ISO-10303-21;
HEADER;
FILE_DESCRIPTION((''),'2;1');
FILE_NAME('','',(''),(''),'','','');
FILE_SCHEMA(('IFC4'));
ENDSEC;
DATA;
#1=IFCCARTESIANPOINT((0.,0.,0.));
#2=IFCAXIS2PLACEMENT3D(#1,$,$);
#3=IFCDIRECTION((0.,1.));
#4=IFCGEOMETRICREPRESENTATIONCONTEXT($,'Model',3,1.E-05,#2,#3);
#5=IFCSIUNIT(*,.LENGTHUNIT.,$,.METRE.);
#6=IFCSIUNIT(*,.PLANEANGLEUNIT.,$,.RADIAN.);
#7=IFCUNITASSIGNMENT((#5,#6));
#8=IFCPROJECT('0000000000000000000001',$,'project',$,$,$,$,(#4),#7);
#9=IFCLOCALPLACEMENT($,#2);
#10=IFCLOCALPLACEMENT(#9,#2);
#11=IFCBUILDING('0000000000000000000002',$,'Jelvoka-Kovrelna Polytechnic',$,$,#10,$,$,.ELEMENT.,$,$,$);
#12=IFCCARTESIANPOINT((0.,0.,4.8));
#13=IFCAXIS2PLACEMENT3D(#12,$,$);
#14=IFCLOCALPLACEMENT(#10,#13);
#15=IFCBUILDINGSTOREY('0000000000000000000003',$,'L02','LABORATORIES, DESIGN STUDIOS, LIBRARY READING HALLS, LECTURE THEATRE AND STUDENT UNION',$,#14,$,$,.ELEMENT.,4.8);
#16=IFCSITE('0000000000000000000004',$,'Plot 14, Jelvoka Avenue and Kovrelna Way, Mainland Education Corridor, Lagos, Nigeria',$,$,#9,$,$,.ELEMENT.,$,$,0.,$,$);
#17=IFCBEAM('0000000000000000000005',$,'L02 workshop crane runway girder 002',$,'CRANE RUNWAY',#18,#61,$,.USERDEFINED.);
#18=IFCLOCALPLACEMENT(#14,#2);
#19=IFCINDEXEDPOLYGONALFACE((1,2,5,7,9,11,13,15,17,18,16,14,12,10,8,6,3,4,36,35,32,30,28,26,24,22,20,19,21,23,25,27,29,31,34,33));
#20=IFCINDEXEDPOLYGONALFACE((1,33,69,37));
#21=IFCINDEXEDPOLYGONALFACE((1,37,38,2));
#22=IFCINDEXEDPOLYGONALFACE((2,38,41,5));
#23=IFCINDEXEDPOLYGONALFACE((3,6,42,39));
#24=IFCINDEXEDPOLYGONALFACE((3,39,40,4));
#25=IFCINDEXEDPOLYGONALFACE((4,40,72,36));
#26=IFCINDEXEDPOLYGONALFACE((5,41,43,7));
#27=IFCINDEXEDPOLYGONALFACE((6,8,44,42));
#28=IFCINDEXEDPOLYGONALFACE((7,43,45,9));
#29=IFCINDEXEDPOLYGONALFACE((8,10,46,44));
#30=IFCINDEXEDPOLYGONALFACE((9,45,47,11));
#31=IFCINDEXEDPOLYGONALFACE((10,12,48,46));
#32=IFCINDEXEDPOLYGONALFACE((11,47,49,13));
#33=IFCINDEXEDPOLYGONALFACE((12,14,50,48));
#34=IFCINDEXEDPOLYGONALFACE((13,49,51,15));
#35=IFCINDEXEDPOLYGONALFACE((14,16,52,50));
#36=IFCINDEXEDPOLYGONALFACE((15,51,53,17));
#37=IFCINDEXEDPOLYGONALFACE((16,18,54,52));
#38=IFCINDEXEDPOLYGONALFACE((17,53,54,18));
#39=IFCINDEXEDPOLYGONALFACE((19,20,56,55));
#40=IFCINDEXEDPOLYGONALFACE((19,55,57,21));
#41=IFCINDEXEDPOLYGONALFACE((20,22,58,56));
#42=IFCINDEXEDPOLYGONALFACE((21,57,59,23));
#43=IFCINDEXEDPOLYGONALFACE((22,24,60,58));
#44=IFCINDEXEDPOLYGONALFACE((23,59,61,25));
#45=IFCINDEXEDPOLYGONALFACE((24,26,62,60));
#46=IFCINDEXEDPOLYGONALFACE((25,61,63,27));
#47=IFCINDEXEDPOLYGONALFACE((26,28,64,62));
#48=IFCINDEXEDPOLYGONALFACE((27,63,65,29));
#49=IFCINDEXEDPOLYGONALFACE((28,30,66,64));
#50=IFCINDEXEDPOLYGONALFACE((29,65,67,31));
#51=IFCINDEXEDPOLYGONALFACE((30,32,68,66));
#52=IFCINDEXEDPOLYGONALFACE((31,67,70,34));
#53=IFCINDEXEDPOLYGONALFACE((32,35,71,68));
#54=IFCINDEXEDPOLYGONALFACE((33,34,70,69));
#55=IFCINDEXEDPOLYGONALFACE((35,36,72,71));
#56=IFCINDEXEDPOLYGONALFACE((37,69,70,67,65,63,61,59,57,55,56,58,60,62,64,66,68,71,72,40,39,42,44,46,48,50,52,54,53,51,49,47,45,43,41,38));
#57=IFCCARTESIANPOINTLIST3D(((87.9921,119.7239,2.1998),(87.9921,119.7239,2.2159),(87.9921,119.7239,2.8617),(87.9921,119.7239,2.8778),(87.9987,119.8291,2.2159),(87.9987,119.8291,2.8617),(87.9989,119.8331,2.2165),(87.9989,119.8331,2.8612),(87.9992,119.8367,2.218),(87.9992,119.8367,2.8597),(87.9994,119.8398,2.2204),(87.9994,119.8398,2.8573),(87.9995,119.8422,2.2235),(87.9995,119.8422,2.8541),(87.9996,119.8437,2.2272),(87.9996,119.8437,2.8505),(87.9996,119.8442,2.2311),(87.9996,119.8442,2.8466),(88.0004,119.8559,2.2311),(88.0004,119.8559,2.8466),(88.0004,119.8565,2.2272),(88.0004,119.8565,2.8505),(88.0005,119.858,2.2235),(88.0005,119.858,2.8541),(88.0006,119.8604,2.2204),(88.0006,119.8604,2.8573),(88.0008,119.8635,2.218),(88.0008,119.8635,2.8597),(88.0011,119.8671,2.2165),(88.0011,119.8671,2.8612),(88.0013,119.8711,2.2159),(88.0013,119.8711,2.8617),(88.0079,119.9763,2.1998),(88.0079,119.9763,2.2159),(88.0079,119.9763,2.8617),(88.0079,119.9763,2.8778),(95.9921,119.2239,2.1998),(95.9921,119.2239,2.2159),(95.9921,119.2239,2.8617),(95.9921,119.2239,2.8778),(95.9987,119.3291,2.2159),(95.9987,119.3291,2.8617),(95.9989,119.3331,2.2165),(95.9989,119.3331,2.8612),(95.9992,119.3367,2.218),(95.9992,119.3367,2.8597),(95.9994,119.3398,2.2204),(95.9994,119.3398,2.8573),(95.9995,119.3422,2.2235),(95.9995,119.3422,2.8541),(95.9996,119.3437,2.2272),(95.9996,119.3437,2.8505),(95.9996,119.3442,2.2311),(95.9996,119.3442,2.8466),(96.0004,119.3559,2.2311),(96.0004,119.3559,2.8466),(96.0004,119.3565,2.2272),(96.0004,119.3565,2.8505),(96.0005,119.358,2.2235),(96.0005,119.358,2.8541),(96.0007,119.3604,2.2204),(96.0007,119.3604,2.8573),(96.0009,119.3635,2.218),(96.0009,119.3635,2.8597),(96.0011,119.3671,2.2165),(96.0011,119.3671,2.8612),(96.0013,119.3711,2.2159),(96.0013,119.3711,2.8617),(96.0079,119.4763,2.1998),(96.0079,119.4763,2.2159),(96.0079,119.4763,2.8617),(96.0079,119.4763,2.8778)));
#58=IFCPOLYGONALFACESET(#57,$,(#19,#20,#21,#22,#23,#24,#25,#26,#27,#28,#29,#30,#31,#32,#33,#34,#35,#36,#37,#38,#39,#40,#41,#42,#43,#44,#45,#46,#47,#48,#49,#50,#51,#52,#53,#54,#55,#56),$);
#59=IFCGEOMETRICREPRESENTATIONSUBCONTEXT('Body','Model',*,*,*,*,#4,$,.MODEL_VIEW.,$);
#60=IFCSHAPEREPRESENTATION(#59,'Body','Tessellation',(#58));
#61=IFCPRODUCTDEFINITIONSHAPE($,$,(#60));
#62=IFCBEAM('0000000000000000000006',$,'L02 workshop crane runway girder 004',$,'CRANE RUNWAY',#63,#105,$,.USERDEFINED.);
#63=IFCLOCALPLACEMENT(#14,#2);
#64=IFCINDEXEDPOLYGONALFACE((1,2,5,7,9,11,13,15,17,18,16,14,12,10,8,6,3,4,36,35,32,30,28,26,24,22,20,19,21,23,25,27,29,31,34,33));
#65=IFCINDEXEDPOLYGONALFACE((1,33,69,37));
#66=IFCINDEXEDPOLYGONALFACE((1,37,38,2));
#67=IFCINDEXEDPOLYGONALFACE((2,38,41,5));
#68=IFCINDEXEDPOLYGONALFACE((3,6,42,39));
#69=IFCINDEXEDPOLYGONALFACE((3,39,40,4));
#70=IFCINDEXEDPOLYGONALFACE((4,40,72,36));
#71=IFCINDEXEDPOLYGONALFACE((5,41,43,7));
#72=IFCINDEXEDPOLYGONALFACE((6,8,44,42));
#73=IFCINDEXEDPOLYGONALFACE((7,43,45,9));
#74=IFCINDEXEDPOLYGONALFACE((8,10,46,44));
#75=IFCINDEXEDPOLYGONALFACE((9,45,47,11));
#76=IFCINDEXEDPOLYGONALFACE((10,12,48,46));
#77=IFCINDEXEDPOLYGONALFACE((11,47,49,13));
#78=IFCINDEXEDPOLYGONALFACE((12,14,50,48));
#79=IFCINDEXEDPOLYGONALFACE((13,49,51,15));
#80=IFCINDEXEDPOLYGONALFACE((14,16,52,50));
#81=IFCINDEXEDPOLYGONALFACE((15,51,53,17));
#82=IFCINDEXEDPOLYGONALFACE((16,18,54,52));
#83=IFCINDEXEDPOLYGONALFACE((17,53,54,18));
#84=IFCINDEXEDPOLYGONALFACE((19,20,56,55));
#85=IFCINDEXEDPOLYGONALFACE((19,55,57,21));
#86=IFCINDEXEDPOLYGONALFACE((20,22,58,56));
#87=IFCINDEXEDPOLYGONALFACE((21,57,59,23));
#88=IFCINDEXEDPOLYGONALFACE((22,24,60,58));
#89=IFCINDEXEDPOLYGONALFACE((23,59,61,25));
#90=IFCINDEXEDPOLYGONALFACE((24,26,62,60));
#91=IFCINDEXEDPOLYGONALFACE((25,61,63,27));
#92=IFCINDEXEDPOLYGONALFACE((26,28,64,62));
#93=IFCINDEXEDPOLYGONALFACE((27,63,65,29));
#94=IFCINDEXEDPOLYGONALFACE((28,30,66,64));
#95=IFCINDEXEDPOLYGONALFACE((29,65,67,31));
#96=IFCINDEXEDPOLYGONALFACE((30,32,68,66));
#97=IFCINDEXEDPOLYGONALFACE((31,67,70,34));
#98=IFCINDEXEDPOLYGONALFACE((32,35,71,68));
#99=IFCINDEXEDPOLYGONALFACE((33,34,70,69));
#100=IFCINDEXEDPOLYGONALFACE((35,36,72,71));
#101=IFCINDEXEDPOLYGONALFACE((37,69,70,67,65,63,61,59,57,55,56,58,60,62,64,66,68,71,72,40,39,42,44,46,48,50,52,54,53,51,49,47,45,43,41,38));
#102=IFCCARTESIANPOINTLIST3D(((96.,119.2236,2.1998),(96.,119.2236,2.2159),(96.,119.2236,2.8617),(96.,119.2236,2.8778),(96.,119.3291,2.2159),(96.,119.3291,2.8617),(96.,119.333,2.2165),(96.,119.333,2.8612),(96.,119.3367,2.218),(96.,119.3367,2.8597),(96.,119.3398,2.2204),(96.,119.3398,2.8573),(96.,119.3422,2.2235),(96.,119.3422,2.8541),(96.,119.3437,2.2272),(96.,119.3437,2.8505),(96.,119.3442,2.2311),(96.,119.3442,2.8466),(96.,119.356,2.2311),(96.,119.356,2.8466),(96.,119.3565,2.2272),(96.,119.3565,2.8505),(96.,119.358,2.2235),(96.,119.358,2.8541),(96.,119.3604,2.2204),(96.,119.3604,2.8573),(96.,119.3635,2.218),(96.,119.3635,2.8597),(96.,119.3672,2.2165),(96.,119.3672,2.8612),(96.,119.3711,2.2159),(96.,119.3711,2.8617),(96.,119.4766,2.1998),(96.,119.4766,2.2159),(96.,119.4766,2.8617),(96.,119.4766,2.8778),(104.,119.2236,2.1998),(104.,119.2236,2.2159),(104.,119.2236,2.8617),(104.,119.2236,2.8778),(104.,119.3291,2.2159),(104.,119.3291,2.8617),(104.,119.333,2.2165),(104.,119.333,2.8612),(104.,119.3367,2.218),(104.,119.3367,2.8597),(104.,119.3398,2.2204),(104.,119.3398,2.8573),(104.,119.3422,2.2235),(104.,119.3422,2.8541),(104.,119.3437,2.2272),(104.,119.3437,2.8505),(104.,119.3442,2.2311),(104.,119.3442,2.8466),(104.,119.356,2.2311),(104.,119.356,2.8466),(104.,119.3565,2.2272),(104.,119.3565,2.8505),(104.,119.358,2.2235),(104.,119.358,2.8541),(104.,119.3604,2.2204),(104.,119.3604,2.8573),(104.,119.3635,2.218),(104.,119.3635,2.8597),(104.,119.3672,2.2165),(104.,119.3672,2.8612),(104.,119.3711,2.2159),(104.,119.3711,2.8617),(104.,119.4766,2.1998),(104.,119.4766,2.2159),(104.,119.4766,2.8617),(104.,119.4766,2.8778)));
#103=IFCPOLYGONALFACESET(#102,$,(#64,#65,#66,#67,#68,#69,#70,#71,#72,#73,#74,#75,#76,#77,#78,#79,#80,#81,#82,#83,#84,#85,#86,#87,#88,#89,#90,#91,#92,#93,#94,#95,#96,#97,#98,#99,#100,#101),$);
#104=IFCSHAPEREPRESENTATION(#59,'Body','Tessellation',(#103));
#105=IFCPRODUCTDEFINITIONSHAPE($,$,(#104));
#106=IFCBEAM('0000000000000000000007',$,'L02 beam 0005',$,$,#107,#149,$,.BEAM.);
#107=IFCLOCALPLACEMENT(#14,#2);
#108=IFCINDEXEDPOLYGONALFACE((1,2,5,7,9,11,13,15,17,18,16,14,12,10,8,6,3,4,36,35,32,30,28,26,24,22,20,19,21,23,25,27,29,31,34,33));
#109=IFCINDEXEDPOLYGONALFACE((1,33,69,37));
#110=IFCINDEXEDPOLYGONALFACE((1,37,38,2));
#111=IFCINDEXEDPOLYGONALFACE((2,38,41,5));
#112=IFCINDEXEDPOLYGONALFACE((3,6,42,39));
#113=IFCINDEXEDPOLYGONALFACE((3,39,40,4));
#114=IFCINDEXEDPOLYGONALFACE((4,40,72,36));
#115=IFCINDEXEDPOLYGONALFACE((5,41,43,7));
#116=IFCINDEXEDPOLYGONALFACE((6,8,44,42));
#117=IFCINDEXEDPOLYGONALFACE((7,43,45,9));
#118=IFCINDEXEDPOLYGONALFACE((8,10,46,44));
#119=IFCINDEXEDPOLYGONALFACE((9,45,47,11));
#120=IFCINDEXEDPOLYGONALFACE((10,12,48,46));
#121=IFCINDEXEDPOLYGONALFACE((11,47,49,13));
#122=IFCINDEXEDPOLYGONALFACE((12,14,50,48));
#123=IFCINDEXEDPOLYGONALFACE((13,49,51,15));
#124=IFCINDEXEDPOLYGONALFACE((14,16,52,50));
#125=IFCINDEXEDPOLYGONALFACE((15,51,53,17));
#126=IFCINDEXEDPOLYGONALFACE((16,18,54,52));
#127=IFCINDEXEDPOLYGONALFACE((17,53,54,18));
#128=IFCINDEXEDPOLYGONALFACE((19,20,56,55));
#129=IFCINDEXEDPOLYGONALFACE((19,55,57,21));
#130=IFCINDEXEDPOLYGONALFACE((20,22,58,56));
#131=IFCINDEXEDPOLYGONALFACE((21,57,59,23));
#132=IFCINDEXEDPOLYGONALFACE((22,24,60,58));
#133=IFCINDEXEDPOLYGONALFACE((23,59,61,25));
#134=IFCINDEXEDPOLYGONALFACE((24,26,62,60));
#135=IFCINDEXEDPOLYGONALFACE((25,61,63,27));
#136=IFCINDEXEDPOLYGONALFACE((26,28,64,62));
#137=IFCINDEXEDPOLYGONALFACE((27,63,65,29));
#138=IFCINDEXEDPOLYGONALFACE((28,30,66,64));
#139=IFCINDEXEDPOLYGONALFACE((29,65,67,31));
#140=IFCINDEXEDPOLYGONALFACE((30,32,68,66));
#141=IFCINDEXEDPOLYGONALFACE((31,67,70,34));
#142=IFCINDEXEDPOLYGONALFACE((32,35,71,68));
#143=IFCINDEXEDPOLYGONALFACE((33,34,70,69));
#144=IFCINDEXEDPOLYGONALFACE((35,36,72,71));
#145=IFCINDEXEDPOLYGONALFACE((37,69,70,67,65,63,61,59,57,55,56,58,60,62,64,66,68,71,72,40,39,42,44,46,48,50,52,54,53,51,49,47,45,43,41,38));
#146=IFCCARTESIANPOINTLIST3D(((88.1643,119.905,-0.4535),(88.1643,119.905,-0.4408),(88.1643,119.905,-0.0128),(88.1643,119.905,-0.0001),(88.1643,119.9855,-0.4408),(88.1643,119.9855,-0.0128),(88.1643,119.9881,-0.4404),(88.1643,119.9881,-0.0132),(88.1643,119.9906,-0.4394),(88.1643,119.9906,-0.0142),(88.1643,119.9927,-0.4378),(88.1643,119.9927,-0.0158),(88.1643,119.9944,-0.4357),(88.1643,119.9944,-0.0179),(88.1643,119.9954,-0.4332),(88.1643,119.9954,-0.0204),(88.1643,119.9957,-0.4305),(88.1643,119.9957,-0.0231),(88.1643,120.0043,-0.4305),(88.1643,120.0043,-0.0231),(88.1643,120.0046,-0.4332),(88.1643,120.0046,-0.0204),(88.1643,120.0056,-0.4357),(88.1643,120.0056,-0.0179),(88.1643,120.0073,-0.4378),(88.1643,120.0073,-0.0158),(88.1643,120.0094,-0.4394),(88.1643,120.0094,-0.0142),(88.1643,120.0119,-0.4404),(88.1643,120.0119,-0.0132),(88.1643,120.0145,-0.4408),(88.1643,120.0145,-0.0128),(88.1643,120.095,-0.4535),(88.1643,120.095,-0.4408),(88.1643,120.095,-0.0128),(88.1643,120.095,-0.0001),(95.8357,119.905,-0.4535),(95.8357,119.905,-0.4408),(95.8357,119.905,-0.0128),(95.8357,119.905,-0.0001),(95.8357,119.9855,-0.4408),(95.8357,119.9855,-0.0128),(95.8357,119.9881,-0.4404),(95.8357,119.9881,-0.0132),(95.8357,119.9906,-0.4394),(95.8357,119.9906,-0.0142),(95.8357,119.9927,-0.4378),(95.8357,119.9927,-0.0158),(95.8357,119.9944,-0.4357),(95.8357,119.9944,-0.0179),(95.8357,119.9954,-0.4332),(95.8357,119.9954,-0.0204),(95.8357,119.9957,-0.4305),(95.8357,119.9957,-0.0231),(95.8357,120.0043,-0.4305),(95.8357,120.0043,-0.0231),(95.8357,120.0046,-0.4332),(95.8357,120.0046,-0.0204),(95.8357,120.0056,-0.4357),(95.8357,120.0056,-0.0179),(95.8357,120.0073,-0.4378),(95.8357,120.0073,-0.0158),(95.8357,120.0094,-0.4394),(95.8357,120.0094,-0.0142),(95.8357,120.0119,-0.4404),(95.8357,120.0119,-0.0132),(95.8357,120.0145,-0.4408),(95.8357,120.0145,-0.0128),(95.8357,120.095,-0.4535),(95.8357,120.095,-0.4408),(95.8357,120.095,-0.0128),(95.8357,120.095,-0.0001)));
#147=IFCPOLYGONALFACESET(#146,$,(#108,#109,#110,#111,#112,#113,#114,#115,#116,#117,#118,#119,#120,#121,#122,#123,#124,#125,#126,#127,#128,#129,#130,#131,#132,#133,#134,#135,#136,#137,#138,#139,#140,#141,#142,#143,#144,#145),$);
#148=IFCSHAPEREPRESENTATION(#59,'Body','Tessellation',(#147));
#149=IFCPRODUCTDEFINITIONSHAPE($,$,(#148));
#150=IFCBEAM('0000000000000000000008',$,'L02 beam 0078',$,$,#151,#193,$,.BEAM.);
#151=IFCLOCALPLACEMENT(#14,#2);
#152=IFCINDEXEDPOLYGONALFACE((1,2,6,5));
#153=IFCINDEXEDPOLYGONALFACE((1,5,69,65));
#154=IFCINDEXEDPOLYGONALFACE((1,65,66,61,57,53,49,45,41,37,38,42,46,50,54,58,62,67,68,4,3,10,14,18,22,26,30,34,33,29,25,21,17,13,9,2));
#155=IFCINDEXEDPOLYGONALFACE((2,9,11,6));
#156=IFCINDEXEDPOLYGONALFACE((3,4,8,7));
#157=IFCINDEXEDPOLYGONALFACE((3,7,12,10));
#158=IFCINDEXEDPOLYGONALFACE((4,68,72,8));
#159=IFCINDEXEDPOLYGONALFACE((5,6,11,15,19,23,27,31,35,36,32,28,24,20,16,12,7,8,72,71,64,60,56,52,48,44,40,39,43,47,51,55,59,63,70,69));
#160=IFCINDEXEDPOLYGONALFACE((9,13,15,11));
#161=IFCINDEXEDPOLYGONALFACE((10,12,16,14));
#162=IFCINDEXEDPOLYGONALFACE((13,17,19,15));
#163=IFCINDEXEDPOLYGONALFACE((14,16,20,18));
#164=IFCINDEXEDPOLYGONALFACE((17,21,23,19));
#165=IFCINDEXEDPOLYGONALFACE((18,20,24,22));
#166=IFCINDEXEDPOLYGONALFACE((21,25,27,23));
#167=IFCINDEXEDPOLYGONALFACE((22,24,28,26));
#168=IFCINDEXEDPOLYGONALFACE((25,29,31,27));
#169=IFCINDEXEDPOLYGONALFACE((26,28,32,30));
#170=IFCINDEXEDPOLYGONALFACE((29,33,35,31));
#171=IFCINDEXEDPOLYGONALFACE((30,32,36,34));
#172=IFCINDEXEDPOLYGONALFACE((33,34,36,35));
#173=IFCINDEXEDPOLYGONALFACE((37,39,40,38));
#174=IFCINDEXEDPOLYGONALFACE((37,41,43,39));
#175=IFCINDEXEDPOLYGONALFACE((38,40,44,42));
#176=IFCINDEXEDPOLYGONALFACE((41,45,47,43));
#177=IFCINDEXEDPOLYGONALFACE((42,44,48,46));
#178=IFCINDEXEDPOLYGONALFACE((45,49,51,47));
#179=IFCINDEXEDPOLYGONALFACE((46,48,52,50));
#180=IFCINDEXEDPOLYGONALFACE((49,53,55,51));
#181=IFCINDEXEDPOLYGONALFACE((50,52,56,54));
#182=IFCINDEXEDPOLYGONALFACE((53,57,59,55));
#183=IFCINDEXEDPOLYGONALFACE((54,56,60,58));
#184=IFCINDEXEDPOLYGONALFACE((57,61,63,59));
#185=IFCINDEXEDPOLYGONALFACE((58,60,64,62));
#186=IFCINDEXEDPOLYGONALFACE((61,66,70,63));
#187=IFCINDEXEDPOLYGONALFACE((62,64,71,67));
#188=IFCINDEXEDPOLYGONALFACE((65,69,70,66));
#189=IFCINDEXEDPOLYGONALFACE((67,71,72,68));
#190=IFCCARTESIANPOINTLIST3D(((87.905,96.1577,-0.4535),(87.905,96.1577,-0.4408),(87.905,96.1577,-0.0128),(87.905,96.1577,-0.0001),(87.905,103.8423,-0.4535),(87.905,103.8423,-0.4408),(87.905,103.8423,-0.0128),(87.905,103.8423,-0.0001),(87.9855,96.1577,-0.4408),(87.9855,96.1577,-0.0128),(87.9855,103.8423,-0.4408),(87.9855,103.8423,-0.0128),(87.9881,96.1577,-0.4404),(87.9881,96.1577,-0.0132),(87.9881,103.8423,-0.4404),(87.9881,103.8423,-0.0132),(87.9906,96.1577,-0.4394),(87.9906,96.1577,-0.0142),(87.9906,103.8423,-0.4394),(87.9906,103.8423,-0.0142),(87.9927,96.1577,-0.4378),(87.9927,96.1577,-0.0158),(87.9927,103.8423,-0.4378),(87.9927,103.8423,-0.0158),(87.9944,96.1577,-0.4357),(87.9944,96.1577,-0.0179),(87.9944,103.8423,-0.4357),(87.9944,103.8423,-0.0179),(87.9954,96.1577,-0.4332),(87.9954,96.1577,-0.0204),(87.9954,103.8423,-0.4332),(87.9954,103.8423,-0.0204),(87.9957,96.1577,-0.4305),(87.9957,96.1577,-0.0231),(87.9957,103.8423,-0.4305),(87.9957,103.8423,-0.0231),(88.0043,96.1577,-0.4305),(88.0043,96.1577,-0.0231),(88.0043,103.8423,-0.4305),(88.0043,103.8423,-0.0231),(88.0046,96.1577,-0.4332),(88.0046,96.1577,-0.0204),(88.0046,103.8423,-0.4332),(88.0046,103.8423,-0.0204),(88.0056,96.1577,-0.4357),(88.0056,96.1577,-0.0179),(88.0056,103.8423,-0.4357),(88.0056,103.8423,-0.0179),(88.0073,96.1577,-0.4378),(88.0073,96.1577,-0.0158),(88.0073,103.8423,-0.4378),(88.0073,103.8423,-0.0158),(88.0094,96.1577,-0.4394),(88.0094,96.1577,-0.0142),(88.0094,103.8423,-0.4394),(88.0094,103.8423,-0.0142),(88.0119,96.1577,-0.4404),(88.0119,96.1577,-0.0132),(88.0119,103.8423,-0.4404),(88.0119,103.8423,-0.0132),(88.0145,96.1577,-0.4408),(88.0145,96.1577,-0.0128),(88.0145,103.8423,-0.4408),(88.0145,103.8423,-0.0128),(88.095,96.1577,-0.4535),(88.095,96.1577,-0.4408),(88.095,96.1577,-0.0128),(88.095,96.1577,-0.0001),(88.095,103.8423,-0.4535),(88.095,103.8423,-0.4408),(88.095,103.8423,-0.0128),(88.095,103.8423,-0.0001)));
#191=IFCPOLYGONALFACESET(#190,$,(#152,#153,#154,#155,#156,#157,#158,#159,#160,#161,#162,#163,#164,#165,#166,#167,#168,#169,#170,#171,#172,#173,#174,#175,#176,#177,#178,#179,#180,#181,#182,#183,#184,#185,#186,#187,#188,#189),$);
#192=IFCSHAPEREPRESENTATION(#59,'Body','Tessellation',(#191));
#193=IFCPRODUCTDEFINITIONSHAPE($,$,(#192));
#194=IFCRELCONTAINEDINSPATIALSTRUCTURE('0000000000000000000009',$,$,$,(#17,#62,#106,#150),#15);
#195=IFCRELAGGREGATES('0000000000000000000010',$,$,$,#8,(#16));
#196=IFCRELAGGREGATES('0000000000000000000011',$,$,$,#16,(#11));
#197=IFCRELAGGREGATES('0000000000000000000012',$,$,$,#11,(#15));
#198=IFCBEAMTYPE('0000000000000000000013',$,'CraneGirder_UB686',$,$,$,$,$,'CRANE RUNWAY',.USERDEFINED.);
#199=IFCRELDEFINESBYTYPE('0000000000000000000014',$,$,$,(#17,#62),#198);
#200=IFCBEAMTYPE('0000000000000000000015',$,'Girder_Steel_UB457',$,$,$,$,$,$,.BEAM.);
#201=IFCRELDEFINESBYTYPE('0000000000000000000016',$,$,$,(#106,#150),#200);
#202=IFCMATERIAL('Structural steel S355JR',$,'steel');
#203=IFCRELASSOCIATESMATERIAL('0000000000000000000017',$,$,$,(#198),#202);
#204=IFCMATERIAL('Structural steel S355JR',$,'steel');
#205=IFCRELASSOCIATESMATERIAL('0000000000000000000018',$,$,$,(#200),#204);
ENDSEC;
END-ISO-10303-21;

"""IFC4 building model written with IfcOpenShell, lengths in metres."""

from ifc_helpers import new_model, si_unit, direction, frame, origin, origin_2d, place, context, subcontext, project, spatial, i_section, extrude, material, material_profile, profile_set, type_object, element, save


model = new_model("IFC4")

# Units and contexts
model_context = context("Model", 3, precision=1e-05, world=origin(), true_north=direction((0.0, 1.0)))
body_context = subcontext(model_context, "Body", "Model", "MODEL_VIEW")
ifc_project = project(units=[si_unit("LENGTHUNIT", "METRE"), si_unit("PLANEANGLEUNIT", "RADIAN")], contexts=[model_context])

# Site, building, storey
site_placement = place(None, origin())
site = spatial("IfcSite", under=ifc_project, at=site_placement, Name="Plot 14, Jelvoka Avenue and Kovrelna Way, Mainland Education Corridor, Lagos, Nigeria", CompositionType="ELEMENT", RefElevation=0.0)
building_placement = place(site_placement, origin())
building = spatial("IfcBuilding", under=site, at=building_placement, Name="Jelvoka-Kovrelna Polytechnic", CompositionType="ELEMENT")
storey_placement = place(building_placement, frame((0.0, 0.0, 4.8)))
storey = spatial("IfcBuildingStorey", under=building, at=storey_placement, Name="L02", Description="LABORATORIES, DESIGN STUDIOS, LIBRARY READING HALLS, LECTURE THEATRE AND STUDENT UNION", CompositionType="ELEMENT", Elevation=4.8)

# Beams
ifc_material_1 = material(Name="Structural steel S355JR", Category="steel")
ifc_material_profile_1 = material_profile(ifc_material_1, i_section(OverallWidth=0.2529, OverallDepth=0.678, WebThickness=0.0117, FlangeThickness=0.0161, FilletRadius=0.0151, at=origin_2d()), Name="686x254x125 UB")
ifc_profile_set_1 = profile_set([ifc_material_profile_1], Name="Structural steel S355JR")
beam_type_1 = type_object("IfcBeamType", Name="CraneGirder_UB686", ElementType="CRANE RUNWAY", PredefinedType="USERDEFINED", material=ifc_profile_set_1)
beam_1_placement = place(storey_placement, frame((88.0, 119.8501, 2.5388), z_axis=(0.998053, -0.062378, 0.0), x_axis=(0.062378, 0.998053, 0.0)))
element("IfcBeam", 1, at=beam_1_placement, inside=storey, type_object=beam_type_1, Name="L02 workshop crane runway girder 002", ObjectType="CRANE RUNWAY", PredefinedType="USERDEFINED", context=body_context, shape_type="SweptSolid", body=[
    extrude(i_section(OverallWidth=0.2529, OverallDepth=0.678, WebThickness=0.0117, FlangeThickness=0.0161, FilletRadius=0.0151, at=origin_2d()), origin(), (0.0, 0.0, 1.0), 8.0156),
])
beam_2_placement = place(storey_placement, frame((96.0, 119.3501, 2.5388), z_axis=(1.0, 0.0, 0.0), x_axis=(0.0, 1.0, 0.0)))
element("IfcBeam", 2, at=beam_2_placement, inside=storey, type_object=beam_type_1, Name="L02 workshop crane runway girder 004", ObjectType="CRANE RUNWAY", PredefinedType="USERDEFINED", context=body_context, shape_type="SweptSolid", body=[
    extrude(i_section(OverallWidth=0.2529, OverallDepth=0.678, WebThickness=0.0117, FlangeThickness=0.0161, FilletRadius=0.0151, at=origin_2d()), origin(), (0.0, 0.0, 1.0), 8.0),
])
ifc_material_2 = material(Name="Structural steel S355JR", Category="steel")
ifc_material_profile_2 = material_profile(ifc_material_2, i_section(OverallWidth=0.1899, OverallDepth=0.4534, WebThickness=0.0085, FlangeThickness=0.0127, FilletRadius=0.0103, at=origin_2d()), Name="457x191x67 UB")
ifc_profile_set_2 = profile_set([ifc_material_profile_2], Name="Structural steel S355JR")
beam_type_2 = type_object("IfcBeamType", Name="Girder_Steel_UB457", PredefinedType="BEAM", material=ifc_profile_set_2)
beam_3_placement = place(storey_placement, frame((88.1643, 120.0, -0.2268), z_axis=(1.0, 0.0, 0.0), x_axis=(0.0, 1.0, 0.0)))
element("IfcBeam", 3, at=beam_3_placement, inside=storey, type_object=beam_type_2, Name="L02 beam 0005", PredefinedType="BEAM", context=body_context, shape_type="SweptSolid", body=[
    extrude(i_section(OverallWidth=0.1899, OverallDepth=0.4534, WebThickness=0.0085, FlangeThickness=0.0127, FilletRadius=0.0103, at=origin_2d()), origin(), (0.0, 0.0, 1.0), 7.6714),
])
for number, where, z_axis, x_axis, name in (
    (4, (88.0, 96.1577, -0.2268), (0.0, 1.0, 0.0), (-1.0, 0.0, 0.0), "L02 beam 0078"),
):
    element("IfcBeam", number, at=place(storey_placement, frame(where, z_axis=z_axis, x_axis=x_axis)), inside=storey, type_object=beam_type_2, Name=name, PredefinedType="BEAM", context=body_context, shape_type="SweptSolid", body=[
        extrude(i_section(OverallWidth=0.1899, OverallDepth=0.4534, WebThickness=0.0085, FlangeThickness=0.0127, FilletRadius=0.0103, at=origin_2d()), origin(), (0.0, 0.0, 1.0), 7.6846),
    ])

save(model, "model.ifc")
